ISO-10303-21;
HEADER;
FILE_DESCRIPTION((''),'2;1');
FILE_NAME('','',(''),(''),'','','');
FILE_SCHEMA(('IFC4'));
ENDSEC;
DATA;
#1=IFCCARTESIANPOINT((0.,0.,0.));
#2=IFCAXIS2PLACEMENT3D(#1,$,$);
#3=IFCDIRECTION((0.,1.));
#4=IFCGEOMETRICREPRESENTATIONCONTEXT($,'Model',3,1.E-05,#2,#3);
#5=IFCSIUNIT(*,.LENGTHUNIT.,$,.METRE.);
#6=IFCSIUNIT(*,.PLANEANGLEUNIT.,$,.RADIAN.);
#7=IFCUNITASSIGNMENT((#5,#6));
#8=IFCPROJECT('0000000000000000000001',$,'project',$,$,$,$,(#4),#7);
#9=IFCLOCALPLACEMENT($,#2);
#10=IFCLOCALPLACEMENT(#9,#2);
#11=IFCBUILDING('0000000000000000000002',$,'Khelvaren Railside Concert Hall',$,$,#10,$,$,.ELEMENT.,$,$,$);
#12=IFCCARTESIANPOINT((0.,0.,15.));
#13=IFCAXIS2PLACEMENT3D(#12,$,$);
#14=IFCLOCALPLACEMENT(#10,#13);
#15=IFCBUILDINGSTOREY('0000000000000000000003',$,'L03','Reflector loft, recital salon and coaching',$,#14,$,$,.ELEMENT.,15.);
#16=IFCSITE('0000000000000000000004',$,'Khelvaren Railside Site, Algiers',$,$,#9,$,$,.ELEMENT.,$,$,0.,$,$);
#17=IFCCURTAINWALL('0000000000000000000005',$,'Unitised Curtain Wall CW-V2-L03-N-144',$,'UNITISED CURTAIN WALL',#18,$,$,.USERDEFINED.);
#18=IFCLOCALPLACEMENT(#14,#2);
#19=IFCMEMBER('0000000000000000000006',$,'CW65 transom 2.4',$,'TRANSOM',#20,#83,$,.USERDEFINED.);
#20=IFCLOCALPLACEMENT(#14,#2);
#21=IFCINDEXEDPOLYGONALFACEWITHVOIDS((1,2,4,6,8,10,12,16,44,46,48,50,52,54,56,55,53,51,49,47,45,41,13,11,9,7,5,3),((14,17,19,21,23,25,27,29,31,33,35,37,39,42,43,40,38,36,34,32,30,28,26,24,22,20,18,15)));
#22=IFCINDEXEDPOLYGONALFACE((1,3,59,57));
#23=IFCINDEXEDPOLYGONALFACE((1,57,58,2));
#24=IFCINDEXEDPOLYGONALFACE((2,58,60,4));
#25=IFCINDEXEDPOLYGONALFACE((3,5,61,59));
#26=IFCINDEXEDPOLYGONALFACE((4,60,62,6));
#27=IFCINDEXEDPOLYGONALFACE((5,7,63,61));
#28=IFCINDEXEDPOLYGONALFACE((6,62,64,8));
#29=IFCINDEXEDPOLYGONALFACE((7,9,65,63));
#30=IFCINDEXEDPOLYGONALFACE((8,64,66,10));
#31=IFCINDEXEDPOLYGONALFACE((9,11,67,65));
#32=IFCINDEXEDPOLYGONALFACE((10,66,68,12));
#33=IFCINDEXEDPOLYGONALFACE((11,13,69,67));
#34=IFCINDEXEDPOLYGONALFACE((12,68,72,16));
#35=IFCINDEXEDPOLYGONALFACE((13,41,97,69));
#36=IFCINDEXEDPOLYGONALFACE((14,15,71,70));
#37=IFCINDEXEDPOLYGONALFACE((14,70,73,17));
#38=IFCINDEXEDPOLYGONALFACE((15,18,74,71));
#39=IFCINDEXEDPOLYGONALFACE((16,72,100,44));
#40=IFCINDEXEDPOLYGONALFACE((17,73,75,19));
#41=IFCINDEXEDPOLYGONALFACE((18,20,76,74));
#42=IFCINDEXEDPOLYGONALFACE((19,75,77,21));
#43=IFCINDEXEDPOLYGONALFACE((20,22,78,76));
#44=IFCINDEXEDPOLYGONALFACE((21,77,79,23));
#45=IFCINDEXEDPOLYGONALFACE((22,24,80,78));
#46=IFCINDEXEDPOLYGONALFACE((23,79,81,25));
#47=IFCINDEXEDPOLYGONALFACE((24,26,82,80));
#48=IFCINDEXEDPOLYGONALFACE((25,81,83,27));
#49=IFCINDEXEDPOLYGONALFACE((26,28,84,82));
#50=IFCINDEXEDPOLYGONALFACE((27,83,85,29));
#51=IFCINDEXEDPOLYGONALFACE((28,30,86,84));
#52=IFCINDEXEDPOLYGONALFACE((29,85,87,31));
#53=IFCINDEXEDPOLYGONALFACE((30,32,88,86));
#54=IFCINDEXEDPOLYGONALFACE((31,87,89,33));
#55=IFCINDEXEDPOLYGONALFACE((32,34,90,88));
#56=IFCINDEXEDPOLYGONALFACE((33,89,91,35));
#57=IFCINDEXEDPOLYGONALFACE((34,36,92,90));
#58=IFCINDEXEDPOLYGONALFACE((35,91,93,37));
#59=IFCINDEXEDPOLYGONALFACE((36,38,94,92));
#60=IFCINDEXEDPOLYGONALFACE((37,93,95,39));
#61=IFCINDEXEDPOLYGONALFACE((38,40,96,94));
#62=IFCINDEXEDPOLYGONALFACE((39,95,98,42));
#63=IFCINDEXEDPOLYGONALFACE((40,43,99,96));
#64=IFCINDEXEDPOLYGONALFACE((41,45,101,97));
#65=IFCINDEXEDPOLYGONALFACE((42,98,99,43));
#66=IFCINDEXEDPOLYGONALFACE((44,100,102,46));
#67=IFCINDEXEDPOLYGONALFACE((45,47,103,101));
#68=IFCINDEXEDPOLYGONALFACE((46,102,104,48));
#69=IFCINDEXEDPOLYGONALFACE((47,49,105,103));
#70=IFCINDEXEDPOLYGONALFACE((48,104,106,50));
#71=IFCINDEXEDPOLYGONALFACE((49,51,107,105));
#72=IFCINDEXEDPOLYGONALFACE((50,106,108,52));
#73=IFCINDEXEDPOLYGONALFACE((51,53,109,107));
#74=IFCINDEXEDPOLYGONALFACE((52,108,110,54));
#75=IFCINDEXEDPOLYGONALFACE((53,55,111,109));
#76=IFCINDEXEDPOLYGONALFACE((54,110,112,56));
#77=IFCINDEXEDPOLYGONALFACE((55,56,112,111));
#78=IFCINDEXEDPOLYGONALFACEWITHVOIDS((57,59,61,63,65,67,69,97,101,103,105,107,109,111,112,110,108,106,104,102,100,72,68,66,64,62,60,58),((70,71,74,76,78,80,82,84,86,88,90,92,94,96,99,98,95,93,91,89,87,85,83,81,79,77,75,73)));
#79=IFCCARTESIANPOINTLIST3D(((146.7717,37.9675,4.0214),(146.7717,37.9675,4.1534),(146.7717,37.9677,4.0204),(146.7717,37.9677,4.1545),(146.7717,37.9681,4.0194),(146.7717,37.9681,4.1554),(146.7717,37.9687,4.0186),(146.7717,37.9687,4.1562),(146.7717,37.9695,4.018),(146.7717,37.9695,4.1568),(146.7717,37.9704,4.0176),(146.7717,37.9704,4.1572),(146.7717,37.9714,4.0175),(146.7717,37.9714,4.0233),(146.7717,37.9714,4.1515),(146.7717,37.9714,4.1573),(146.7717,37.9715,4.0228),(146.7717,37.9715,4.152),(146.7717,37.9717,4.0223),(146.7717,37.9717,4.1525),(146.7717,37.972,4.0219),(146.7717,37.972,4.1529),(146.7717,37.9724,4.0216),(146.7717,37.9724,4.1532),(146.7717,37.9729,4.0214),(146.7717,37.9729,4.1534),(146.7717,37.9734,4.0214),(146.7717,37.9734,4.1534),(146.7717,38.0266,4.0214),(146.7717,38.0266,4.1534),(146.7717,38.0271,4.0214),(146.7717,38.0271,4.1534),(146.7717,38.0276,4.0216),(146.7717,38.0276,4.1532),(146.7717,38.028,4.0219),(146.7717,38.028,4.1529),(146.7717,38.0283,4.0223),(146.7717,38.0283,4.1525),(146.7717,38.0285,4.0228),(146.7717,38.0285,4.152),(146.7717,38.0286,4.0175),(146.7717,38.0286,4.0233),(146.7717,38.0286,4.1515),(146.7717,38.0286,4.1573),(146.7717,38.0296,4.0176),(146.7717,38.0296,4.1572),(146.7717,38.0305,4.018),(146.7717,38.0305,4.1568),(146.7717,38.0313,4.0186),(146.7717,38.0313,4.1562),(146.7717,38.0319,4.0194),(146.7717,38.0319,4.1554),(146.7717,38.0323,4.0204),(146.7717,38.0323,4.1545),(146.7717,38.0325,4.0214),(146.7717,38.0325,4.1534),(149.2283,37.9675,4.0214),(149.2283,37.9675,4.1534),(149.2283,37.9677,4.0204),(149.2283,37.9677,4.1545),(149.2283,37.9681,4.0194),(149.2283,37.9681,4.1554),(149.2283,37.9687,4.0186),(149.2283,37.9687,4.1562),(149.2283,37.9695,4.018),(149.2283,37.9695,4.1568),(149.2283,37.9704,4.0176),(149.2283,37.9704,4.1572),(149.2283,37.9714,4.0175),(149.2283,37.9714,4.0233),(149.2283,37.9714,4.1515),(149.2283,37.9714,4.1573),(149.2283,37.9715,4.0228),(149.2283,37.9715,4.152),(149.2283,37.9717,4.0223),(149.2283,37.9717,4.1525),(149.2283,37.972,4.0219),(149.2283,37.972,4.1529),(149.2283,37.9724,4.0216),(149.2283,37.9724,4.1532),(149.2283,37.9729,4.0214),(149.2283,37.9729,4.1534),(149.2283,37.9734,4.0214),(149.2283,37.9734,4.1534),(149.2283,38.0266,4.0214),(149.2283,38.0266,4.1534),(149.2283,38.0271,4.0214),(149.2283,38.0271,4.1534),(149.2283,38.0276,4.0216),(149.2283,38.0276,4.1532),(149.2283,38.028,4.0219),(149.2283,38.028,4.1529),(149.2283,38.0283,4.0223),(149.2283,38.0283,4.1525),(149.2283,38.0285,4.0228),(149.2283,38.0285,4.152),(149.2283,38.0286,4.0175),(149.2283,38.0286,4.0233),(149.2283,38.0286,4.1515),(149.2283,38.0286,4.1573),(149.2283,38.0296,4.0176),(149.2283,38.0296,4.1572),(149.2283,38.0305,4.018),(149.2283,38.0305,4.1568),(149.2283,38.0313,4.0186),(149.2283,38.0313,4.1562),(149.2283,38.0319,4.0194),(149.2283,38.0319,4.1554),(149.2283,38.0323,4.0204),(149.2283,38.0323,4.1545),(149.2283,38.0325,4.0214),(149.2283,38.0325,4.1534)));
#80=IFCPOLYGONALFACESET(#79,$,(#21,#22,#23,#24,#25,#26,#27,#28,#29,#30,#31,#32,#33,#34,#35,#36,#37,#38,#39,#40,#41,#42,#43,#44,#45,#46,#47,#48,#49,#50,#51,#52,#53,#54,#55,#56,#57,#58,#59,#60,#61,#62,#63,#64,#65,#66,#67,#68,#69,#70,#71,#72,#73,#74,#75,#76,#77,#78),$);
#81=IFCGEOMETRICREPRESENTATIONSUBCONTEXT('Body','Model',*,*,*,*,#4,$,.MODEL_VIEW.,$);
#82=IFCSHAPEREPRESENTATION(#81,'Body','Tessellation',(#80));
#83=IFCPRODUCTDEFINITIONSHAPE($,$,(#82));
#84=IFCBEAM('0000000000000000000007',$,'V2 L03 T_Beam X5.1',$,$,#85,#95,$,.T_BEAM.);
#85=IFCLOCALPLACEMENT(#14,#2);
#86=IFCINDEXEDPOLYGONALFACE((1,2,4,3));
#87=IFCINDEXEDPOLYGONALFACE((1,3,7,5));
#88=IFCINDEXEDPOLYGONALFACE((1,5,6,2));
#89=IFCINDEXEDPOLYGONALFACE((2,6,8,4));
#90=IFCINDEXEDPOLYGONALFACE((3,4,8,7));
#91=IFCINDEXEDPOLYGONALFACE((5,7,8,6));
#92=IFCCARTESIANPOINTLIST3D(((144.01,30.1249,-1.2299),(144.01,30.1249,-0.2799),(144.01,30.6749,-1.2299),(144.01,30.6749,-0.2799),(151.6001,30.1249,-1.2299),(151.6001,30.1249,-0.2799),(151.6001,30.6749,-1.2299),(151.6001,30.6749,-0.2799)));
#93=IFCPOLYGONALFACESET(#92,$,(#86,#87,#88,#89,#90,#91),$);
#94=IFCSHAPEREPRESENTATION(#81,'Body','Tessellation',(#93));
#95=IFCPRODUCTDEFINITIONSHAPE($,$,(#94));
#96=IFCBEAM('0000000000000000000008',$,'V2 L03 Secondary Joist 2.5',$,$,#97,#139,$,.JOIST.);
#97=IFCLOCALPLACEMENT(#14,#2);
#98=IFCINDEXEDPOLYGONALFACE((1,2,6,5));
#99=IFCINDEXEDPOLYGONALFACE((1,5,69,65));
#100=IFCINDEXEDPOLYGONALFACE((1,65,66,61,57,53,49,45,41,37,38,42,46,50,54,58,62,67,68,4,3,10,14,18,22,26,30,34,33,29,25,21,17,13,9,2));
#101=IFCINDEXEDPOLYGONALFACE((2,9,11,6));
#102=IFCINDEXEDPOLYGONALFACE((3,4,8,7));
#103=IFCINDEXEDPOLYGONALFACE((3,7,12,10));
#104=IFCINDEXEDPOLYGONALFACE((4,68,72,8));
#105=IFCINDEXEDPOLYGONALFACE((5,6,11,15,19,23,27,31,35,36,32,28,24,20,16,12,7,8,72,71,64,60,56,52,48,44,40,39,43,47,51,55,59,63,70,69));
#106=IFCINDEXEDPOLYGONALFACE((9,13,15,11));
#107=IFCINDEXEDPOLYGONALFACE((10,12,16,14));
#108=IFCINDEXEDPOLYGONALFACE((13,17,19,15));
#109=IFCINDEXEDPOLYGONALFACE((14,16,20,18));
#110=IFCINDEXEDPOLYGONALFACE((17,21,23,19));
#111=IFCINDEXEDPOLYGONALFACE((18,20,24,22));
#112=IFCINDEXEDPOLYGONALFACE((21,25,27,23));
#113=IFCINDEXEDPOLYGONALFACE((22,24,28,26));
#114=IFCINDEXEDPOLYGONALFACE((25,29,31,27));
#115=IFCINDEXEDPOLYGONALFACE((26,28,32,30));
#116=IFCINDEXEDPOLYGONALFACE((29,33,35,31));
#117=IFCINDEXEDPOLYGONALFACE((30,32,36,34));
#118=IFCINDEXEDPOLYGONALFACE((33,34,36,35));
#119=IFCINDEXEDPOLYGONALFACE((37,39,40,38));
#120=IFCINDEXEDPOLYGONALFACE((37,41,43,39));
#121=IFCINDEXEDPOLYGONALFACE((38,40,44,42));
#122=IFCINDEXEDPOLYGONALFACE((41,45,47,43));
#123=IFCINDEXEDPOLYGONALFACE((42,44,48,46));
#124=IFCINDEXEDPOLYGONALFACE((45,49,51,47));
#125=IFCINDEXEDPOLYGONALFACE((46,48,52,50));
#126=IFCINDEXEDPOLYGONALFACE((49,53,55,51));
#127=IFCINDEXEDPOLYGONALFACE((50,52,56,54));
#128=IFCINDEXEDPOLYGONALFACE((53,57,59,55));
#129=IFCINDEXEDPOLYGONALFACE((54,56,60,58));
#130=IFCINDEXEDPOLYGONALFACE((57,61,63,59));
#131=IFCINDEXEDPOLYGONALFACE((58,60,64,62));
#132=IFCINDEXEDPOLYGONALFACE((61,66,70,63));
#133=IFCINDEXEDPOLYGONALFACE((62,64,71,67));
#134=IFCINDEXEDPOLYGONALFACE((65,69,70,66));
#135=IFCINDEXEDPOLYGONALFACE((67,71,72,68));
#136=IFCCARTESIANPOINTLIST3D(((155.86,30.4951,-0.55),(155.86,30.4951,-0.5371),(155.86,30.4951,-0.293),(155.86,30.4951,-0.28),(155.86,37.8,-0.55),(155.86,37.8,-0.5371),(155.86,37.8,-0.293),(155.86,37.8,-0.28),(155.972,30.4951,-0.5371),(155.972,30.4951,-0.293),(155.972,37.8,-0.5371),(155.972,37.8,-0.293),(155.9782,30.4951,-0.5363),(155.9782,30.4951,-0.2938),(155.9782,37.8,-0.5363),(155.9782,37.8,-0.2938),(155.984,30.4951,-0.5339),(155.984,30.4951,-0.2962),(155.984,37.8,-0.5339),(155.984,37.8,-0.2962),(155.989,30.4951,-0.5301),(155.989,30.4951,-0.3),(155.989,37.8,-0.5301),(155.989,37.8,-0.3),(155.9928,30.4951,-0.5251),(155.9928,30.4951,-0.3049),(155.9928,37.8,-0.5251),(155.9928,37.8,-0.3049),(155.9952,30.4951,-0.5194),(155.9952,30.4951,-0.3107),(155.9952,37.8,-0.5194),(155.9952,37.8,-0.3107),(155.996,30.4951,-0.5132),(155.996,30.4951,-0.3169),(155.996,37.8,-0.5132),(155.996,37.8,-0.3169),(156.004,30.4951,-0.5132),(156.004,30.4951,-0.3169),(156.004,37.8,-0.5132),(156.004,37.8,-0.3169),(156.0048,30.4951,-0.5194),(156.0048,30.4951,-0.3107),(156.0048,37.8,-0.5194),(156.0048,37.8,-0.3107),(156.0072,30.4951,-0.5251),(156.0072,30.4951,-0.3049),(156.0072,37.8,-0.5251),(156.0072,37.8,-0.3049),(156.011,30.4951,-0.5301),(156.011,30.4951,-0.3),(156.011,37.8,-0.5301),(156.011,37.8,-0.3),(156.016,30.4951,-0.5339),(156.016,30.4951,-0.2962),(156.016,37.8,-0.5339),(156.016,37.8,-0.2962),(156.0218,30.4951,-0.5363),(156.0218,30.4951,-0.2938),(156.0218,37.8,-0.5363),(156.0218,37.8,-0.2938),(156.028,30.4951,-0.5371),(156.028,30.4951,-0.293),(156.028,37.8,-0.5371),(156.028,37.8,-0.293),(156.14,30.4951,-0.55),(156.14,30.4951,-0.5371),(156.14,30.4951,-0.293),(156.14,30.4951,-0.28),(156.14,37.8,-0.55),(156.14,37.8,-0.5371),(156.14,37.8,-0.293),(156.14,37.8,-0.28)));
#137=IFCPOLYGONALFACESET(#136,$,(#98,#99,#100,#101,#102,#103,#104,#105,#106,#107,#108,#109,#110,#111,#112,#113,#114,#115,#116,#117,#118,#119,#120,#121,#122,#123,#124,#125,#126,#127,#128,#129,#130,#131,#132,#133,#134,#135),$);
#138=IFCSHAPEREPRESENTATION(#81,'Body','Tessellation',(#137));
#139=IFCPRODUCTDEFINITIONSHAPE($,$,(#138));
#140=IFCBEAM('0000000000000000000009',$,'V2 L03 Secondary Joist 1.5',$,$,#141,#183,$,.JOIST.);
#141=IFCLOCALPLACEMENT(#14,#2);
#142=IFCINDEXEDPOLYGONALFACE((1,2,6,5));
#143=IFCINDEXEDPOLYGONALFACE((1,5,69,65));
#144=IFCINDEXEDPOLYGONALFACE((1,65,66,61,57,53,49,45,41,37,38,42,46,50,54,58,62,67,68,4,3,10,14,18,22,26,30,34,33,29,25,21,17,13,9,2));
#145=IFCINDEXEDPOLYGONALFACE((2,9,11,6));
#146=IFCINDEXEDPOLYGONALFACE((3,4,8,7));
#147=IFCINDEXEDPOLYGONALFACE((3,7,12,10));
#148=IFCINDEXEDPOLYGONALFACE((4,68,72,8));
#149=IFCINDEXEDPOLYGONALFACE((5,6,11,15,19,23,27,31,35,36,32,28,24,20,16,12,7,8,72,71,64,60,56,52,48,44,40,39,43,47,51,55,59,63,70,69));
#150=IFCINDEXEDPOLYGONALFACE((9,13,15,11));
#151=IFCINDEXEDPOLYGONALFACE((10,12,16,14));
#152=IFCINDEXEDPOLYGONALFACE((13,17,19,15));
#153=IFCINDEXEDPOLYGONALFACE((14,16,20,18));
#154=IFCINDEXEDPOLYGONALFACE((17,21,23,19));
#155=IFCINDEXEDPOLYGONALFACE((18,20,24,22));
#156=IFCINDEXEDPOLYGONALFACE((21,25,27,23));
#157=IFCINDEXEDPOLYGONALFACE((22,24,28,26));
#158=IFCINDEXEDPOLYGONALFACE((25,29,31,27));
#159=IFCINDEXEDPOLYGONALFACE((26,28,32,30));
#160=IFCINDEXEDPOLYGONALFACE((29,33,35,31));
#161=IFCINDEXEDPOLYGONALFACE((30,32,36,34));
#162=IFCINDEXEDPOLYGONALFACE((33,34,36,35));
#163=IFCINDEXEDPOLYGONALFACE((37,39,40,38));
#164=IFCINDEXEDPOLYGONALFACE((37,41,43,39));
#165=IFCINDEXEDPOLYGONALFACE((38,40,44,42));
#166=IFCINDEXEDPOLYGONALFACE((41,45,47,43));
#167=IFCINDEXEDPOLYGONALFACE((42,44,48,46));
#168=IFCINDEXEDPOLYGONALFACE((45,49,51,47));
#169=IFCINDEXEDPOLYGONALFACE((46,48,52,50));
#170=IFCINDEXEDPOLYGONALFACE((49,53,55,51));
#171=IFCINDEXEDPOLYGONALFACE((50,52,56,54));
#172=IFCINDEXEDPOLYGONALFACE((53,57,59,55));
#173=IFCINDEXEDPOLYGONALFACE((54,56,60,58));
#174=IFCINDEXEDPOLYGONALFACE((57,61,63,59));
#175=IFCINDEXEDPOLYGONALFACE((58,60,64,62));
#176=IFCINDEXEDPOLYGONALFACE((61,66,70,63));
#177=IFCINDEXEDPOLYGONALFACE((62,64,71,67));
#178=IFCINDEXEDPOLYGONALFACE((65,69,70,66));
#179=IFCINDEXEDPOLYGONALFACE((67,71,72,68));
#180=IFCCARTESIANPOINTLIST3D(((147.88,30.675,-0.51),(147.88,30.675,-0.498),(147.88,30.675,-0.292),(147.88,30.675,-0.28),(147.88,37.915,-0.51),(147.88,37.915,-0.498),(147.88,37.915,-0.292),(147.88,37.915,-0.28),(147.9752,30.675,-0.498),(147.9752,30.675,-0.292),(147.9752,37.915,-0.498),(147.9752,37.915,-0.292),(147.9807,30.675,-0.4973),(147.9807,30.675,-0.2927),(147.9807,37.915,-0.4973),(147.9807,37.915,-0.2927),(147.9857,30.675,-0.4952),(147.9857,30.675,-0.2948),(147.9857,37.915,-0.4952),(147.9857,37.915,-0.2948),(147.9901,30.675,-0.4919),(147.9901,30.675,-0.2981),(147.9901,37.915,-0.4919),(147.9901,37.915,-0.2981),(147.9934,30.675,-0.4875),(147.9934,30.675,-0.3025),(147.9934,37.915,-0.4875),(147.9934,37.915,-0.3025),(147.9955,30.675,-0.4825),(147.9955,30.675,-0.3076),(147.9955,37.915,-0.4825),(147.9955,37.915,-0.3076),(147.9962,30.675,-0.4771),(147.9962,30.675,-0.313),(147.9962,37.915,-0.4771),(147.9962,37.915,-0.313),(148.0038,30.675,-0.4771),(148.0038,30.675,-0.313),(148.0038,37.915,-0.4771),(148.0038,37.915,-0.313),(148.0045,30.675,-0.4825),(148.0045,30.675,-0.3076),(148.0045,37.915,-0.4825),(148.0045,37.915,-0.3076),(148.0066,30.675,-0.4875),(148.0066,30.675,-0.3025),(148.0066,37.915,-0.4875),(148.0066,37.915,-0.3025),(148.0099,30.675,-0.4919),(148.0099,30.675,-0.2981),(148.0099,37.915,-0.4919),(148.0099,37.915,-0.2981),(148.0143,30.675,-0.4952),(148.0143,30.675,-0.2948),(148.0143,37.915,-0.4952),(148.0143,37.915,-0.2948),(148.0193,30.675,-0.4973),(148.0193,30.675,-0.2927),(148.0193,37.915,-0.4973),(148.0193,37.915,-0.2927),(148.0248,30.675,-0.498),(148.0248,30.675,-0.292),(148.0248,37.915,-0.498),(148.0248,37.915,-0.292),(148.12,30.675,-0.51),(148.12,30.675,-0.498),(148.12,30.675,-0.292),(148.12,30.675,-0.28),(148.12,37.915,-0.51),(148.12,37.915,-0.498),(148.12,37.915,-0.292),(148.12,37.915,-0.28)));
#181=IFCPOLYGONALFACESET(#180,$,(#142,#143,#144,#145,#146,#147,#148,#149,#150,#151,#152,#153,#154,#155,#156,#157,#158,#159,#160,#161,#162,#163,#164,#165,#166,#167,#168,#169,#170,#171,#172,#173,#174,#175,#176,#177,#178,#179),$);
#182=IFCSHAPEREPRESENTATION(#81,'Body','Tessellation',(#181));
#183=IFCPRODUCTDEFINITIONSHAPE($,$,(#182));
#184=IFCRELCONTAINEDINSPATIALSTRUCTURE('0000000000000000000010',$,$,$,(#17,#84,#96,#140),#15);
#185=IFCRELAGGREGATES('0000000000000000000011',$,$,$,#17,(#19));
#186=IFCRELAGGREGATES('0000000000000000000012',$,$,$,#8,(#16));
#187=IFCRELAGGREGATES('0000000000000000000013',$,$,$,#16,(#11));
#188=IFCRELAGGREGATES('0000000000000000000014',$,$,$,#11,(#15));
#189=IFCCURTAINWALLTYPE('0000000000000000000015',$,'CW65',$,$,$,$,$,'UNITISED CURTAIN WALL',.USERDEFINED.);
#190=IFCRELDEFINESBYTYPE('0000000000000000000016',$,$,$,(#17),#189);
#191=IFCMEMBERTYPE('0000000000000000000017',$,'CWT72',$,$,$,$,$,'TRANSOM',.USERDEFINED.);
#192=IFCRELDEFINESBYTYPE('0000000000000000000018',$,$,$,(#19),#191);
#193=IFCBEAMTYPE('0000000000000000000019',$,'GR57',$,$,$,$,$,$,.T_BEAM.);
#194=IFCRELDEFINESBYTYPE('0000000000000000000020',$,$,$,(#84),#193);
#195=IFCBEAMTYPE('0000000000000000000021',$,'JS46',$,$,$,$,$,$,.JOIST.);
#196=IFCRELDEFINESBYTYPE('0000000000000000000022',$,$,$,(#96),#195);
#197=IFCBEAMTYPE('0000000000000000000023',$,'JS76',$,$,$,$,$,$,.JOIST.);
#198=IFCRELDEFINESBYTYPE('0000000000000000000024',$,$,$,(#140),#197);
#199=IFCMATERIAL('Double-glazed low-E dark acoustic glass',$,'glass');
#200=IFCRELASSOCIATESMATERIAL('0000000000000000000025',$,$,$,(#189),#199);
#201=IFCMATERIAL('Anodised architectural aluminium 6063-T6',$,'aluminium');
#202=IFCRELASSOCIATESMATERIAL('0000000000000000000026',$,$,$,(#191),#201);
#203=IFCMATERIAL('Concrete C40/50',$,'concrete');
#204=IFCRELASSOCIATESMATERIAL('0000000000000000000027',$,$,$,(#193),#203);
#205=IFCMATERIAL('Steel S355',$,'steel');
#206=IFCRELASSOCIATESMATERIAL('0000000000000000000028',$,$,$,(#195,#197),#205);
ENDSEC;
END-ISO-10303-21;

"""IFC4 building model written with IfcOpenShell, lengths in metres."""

from ifc_helpers import new_model, si_unit, direction, frame, origin, origin_2d, place, context, subcontext, project, spatial, rectangle, hollow_rectangle, i_section, extrude, material, material_profile, profile_set, type_object, element, aggregate, save


model = new_model("IFC4")

# Units and contexts
model_context = context("Model", 3, precision=1e-05, world=origin(), true_north=direction((0.0, 1.0)))
body_context = subcontext(model_context, "Body", "Model", "MODEL_VIEW")
ifc_project = project(units=[si_unit("LENGTHUNIT", "METRE"), si_unit("PLANEANGLEUNIT", "RADIAN")], contexts=[model_context])

# Site, building, storey
site_placement = place(None, origin())
site = spatial("IfcSite", under=ifc_project, at=site_placement, Name="Khelvaren Railside Site, Algiers", CompositionType="ELEMENT", RefElevation=0.0)
building_placement = place(site_placement, origin())
building = spatial("IfcBuilding", under=site, at=building_placement, Name="Khelvaren Railside Concert Hall", CompositionType="ELEMENT")
storey_placement = place(building_placement, frame((0.0, 0.0, 15.0)))
storey = spatial("IfcBuildingStorey", under=building, at=storey_placement, Name="L03", Description="Reflector loft, recital salon and coaching", CompositionType="ELEMENT", Elevation=15.0)

# Shared definitions
ifc_material_1 = material(Name="Steel S355", Category="steel")

# Shared definitions
ifc_material_2 = material(Name="Concrete C40/50", Category="concrete")

# Shared definitions
ifc_material_3 = material(Name="Anodised architectural aluminium 6063-T6", Category="aluminium")

# Curtain wall, member
ifc_material_4 = material(Name="Double-glazed low-E dark acoustic glass", Category="glass")
curtain_wall_type_1 = type_object("IfcCurtainWallType", Name="CW65", ElementType="UNITISED CURTAIN WALL", PredefinedType="USERDEFINED", material=ifc_material_4)
curtain_wall_1_placement = place(storey_placement, origin())
curtain_wall_1 = element("IfcCurtainWall", 1, at=curtain_wall_1_placement, inside=storey, type_object=curtain_wall_type_1, Name="Unitised Curtain Wall CW-V2-L03-N-144", ObjectType="UNITISED CURTAIN WALL", PredefinedType="USERDEFINED")
ifc_material_profile_1 = material_profile(ifc_material_3, hollow_rectangle(XDim=0.0649, YDim=0.1399, WallThickness=0.0039, InnerFilletRadius=0.002, OuterFilletRadius=0.0039, at=origin_2d()), Name="CWT 65x140x4")
ifc_profile_set_1 = profile_set([ifc_material_profile_1], Name="Anodised architectural aluminium 6063-T6")
member_type_1 = type_object("IfcMemberType", Name="CWT72", ElementType="TRANSOM", PredefinedType="USERDEFINED", material=ifc_profile_set_1)
member_1_placement = place(storey_placement, frame((146.7717, 38.0, 4.0874), z_axis=(1.0, 0.0, 0.0), x_axis=(0.0, 1.0, 0.0)))
member_1 = element("IfcMember", 2, at=member_1_placement, type_object=member_type_1, Name="CW65 transom 2.4", ObjectType="TRANSOM", PredefinedType="USERDEFINED", context=body_context, shape_type="SweptSolid", body=[
    extrude(hollow_rectangle(XDim=0.0649, YDim=0.1399, WallThickness=0.0039, InnerFilletRadius=0.002, OuterFilletRadius=0.0039, at=origin_2d()), origin(), (0.0, 0.0, 1.0), 2.4565),
])

# Beams
ifc_material_profile_2 = material_profile(ifc_material_2, rectangle(XDim=0.55, YDim=0.95, at=origin_2d()), Name="RCB 550x950")
ifc_profile_set_2 = profile_set([ifc_material_profile_2], Name="Concrete C40/50")
beam_type_1 = type_object("IfcBeamType", Name="GR57", PredefinedType="T_BEAM", material=ifc_profile_set_2)
beam_1_placement = place(storey_placement, frame((144.01, 30.3999, -0.7549), z_axis=(1.0, 0.0, 0.0), x_axis=(0.0, 1.0, 0.0)))
element("IfcBeam", 3, at=beam_1_placement, inside=storey, type_object=beam_type_1, Name="V2 L03 T_Beam X5.1", PredefinedType="T_BEAM", context=body_context, shape_type="SweptSolid", body=[
    extrude(rectangle(XDim=0.55, YDim=0.95, at=origin_2d()), origin(), (0.0, 0.0, 1.0), 7.5901),
])
ifc_material_profile_3 = material_profile(ifc_material_1, i_section(OverallWidth=0.28, OverallDepth=0.27, WebThickness=0.0081, FlangeThickness=0.0129, FilletRadius=0.0239, at=origin_2d()), Name="HEA 280")
ifc_profile_set_3 = profile_set([ifc_material_profile_3], Name="Steel S355")
beam_type_2 = type_object("IfcBeamType", Name="JS46", PredefinedType="JOIST", material=ifc_profile_set_3)
beam_2_placement = place(storey_placement, frame((156.0, 30.4951, -0.415), z_axis=(0.0, 1.0, 0.0), x_axis=(-1.0, 0.0, 0.0)))
element("IfcBeam", 4, at=beam_2_placement, inside=storey, type_object=beam_type_2, Name="V2 L03 Secondary Joist 2.5", PredefinedType="JOIST", context=body_context, shape_type="SweptSolid", body=[
    extrude(i_section(OverallWidth=0.28, OverallDepth=0.27, WebThickness=0.0081, FlangeThickness=0.0129, FilletRadius=0.0239, at=origin_2d()), origin(), (0.0, 0.0, 1.0), 7.3049),
])
ifc_material_profile_4 = material_profile(ifc_material_1, i_section(OverallWidth=0.24, OverallDepth=0.23, WebThickness=0.0076, FlangeThickness=0.012, FilletRadius=0.021, at=origin_2d()), Name="HEA 240")
ifc_profile_set_4 = profile_set([ifc_material_profile_4], Name="Steel S355")
beam_type_3 = type_object("IfcBeamType", Name="JS76", PredefinedType="JOIST", material=ifc_profile_set_4)
beam_3_placement = place(storey_placement, frame((148.0, 30.675, -0.395), z_axis=(0.0, 1.0, 0.0), x_axis=(-1.0, 0.0, 0.0)))
element("IfcBeam", 5, at=beam_3_placement, inside=storey, type_object=beam_type_3, Name="V2 L03 Secondary Joist 1.5", PredefinedType="JOIST", context=body_context, shape_type="SweptSolid", body=[
    extrude(i_section(OverallWidth=0.24, OverallDepth=0.23, WebThickness=0.0076, FlangeThickness=0.012, FilletRadius=0.021, at=origin_2d()), origin(), (0.0, 0.0, 1.0), 7.24),
])

aggregate(curtain_wall_1, [member_1])

save(model, "model.ifc")
